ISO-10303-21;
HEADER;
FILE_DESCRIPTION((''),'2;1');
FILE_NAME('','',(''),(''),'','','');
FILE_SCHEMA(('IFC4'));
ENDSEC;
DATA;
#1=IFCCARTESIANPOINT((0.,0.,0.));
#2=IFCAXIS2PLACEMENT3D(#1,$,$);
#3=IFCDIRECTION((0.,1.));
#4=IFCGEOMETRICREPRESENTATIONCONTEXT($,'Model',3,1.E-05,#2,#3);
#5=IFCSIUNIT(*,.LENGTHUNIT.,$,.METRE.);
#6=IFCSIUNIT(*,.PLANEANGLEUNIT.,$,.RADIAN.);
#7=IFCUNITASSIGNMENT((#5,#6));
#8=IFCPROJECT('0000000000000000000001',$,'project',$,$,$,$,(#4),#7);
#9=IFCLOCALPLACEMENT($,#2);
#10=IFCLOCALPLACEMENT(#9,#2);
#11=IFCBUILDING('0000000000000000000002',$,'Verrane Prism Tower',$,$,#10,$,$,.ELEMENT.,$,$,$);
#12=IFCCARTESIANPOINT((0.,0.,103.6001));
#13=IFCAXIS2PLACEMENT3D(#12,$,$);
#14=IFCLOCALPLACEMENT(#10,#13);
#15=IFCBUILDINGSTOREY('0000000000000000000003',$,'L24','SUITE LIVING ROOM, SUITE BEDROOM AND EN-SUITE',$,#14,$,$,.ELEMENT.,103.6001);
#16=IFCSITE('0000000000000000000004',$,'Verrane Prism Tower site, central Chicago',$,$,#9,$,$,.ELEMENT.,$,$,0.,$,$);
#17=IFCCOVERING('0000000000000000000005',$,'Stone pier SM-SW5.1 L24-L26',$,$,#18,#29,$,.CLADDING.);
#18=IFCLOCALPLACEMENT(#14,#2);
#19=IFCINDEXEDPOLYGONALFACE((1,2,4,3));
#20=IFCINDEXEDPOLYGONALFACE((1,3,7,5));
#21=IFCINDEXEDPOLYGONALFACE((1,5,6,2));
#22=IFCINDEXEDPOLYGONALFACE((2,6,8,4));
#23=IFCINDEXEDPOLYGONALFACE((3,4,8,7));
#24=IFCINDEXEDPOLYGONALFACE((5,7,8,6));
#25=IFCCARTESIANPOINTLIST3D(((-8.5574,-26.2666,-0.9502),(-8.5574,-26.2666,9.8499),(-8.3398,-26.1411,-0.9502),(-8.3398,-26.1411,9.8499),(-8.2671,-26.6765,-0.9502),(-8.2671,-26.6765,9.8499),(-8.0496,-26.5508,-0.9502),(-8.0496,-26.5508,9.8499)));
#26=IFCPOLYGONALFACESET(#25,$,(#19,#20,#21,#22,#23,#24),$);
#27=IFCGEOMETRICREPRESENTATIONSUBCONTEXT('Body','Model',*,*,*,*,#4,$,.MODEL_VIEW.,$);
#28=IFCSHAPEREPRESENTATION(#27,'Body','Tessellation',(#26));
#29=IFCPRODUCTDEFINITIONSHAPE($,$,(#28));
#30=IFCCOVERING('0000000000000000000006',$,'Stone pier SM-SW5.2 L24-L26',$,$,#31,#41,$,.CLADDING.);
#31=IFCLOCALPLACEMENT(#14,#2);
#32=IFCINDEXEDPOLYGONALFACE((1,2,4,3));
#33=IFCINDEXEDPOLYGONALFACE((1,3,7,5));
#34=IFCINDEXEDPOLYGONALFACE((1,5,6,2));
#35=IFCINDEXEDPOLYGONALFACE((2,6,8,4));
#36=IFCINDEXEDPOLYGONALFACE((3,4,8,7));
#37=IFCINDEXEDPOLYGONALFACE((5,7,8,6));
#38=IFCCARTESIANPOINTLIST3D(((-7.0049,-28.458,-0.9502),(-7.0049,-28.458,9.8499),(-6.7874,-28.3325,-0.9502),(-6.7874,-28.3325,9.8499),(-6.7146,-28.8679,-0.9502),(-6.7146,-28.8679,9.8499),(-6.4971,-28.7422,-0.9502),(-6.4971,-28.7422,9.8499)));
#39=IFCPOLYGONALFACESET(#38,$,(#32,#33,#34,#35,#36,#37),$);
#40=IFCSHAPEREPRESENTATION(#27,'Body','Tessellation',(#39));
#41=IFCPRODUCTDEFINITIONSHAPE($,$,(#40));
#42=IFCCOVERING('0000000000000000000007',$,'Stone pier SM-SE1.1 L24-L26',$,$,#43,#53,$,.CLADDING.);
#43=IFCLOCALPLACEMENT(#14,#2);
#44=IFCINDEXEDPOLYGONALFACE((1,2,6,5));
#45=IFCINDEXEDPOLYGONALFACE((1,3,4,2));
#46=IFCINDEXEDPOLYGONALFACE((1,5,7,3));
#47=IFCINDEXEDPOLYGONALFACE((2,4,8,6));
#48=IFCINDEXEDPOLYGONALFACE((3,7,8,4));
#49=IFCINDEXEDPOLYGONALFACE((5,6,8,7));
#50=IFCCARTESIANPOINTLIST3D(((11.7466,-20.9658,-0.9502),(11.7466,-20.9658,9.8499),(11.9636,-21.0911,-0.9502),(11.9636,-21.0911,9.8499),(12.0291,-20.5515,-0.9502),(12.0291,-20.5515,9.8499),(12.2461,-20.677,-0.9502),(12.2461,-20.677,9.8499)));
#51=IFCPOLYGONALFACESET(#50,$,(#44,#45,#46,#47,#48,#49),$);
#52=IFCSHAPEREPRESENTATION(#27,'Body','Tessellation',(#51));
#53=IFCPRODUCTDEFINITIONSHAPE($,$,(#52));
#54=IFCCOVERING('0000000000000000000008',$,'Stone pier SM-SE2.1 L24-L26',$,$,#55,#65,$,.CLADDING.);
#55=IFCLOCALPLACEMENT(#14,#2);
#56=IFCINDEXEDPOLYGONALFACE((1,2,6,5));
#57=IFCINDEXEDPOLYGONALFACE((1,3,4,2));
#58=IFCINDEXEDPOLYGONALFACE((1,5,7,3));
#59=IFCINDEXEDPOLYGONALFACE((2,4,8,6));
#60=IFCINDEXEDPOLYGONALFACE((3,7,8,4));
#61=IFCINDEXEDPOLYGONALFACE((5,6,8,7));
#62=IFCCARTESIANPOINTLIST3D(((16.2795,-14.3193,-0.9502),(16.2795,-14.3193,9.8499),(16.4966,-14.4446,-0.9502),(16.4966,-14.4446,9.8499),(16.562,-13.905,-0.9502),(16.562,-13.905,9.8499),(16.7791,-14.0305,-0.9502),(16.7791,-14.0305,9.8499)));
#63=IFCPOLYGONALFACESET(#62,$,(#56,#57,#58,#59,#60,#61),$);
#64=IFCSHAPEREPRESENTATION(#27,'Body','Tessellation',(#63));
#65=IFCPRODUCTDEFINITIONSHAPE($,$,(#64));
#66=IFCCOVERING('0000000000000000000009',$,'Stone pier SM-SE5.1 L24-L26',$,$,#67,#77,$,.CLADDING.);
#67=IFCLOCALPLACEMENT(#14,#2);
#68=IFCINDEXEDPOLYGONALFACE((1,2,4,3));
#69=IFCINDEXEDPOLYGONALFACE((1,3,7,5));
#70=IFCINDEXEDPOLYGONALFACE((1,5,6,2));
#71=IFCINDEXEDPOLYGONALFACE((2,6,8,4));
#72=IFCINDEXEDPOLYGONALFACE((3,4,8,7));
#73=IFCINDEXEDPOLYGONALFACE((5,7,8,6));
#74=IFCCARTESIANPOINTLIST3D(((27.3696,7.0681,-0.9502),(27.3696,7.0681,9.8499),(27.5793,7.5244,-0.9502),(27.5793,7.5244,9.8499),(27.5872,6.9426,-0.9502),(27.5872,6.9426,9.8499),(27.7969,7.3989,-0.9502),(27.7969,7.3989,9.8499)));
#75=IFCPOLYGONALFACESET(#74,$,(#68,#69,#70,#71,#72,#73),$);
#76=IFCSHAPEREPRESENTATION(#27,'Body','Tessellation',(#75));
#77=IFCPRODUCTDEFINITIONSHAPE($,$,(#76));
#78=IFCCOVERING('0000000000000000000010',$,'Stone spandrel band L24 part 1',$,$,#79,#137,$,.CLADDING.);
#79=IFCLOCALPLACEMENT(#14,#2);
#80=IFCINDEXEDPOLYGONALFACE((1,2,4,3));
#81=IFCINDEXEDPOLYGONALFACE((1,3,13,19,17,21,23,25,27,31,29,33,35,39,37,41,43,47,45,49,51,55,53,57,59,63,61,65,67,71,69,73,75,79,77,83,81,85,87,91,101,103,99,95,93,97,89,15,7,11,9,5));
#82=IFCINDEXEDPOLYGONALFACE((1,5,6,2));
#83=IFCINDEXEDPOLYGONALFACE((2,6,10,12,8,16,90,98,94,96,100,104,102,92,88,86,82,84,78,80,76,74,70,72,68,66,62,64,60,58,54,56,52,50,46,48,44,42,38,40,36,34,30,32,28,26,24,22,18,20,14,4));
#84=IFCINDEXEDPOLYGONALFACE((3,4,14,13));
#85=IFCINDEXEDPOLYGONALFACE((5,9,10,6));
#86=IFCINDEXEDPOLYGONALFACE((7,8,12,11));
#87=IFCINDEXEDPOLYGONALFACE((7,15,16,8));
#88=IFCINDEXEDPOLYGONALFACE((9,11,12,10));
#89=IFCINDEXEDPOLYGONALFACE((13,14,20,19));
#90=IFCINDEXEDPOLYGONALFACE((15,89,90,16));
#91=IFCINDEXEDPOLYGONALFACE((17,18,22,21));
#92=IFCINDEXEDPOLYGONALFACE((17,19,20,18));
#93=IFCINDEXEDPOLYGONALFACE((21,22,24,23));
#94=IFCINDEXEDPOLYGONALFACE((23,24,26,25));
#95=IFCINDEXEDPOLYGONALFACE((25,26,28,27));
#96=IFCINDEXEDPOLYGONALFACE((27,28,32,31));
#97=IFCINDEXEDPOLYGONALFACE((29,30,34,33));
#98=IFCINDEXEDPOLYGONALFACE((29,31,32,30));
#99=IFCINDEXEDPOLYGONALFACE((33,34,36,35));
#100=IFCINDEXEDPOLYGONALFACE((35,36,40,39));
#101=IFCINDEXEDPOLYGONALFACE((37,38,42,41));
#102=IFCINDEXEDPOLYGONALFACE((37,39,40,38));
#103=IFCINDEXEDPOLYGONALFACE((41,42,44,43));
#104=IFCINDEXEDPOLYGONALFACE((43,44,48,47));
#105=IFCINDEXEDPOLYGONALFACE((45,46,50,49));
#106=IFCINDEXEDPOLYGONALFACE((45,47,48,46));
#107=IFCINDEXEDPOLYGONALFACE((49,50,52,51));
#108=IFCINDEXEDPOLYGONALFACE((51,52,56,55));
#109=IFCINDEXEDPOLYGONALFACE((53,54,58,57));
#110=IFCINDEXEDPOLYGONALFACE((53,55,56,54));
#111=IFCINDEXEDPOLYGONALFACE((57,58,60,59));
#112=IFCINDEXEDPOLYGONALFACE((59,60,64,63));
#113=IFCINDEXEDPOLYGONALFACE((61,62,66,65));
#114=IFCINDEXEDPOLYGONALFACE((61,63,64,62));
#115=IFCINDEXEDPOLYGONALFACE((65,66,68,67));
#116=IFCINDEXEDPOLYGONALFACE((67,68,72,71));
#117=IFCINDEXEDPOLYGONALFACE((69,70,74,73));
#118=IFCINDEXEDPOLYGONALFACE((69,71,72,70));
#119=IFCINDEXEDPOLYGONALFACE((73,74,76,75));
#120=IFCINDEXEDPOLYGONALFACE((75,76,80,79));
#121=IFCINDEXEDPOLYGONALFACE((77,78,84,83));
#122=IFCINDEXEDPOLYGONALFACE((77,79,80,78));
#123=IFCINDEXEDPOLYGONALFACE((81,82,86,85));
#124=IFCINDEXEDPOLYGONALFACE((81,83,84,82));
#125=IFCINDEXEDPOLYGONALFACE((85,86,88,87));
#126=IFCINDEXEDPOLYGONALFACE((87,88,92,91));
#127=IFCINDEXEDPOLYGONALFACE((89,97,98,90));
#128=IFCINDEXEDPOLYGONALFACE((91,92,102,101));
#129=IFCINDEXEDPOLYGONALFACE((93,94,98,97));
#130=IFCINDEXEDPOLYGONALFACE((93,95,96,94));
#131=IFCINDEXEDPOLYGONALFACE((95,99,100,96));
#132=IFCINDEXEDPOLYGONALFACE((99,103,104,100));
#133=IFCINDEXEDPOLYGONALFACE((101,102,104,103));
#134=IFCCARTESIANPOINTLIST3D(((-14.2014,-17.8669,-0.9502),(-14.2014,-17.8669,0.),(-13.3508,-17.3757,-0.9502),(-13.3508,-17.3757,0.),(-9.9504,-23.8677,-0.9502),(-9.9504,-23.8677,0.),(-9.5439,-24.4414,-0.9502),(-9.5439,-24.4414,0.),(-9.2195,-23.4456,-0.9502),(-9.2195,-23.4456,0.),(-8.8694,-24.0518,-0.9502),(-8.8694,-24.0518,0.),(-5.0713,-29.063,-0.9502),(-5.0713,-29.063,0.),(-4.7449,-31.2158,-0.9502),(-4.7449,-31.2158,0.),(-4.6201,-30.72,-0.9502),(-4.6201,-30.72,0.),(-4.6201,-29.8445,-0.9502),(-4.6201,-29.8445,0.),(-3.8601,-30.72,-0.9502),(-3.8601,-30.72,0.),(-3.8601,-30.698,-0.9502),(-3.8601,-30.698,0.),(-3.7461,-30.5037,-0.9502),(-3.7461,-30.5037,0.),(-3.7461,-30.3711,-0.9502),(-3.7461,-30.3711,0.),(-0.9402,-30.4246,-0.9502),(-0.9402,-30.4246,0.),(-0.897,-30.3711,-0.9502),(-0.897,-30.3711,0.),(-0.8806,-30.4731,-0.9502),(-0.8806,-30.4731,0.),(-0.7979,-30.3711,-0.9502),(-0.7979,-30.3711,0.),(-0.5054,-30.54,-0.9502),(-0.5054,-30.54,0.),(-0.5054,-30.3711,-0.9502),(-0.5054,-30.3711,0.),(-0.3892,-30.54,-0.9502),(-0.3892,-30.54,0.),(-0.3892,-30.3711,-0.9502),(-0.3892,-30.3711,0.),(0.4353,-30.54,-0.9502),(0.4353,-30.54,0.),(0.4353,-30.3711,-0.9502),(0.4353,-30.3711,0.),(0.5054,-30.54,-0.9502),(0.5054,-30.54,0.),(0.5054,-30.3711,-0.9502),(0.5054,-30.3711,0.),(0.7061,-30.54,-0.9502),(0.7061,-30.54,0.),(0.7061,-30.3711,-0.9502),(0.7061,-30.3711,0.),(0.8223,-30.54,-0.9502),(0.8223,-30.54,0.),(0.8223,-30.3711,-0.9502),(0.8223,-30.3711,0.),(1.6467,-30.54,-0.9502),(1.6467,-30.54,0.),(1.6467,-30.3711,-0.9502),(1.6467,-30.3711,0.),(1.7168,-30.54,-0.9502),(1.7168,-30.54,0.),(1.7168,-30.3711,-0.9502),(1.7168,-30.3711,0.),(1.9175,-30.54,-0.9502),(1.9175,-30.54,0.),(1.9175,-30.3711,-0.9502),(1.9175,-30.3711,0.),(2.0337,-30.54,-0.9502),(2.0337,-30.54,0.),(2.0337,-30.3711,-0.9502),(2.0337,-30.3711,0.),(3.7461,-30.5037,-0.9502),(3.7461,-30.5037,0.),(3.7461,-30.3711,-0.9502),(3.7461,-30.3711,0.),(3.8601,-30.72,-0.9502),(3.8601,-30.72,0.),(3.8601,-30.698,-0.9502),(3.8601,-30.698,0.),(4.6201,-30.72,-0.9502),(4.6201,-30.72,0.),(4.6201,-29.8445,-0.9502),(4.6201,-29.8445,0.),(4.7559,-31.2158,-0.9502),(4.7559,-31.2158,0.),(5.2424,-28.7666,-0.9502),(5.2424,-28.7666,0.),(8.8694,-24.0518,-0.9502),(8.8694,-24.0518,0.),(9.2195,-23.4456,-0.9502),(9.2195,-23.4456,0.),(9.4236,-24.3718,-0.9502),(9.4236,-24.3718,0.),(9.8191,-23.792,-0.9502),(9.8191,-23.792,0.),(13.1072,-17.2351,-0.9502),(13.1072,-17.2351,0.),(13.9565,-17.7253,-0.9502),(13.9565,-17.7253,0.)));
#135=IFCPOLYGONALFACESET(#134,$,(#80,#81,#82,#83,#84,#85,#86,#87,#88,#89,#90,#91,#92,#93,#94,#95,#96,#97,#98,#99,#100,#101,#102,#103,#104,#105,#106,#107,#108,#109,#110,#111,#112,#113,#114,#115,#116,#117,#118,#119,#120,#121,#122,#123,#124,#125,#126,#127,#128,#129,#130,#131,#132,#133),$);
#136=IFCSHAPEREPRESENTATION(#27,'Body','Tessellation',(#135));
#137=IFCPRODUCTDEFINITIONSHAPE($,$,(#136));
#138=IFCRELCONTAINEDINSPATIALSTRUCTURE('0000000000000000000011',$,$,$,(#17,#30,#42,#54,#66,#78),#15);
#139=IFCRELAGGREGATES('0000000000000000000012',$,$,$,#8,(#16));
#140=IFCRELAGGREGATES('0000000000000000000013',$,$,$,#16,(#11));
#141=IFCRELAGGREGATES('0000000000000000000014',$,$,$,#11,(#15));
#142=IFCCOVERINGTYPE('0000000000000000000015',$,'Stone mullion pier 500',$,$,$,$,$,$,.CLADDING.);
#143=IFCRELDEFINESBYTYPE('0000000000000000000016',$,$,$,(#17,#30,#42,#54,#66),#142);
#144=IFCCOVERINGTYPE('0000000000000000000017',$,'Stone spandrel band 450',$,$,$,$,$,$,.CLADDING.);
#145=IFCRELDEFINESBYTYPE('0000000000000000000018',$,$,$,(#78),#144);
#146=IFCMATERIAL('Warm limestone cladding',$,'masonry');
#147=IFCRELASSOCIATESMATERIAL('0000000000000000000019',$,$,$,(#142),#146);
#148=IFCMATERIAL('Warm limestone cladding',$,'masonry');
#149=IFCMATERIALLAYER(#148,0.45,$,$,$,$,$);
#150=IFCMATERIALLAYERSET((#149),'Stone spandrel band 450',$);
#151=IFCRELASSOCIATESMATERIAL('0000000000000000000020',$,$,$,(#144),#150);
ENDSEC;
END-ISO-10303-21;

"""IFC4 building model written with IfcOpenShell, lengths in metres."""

from ifc_helpers import new_model, si_unit, direction, frame, origin, place, context, subcontext, project, spatial, polyline, outline, extrude, material, layer, layer_set, type_object, element, save


model = new_model("IFC4")

# Units and contexts
model_context = context("Model", 3, precision=1e-05, world=origin(), true_north=direction((0.0, 1.0)))
body_context = subcontext(model_context, "Body", "Model", "MODEL_VIEW")
ifc_project = project(units=[si_unit("LENGTHUNIT", "METRE"), si_unit("PLANEANGLEUNIT", "RADIAN")], contexts=[model_context])

# Site, building, storey
site_placement = place(None, origin())
site = spatial("IfcSite", under=ifc_project, at=site_placement, Name="Verrane Prism Tower site, central Chicago", CompositionType="ELEMENT", RefElevation=0.0)
building_placement = place(site_placement, origin())
building = spatial("IfcBuilding", under=site, at=building_placement, Name="Verrane Prism Tower", CompositionType="ELEMENT")
storey_placement = place(building_placement, frame((0.0, 0.0, 103.6001)))
storey = spatial("IfcBuildingStorey", under=building, at=storey_placement, Name="L24", Description="SUITE LIVING ROOM, SUITE BEDROOM AND EN-SUITE", CompositionType="ELEMENT", Elevation=103.6001)

# Coverings
ifc_material_1 = material(Name="Warm limestone cladding", Category="masonry")
covering_type_1 = type_object("IfcCoveringType", Name="Stone mullion pier 500", PredefinedType="CLADDING", material=ifc_material_1)
covering_1_placement = place(storey_placement, frame((0.0, 0.0, -0.9502)))
element("IfcCovering", 1, at=covering_1_placement, inside=storey, type_object=covering_type_1, Name="Stone pier SM-SW5.1 L24-L26", PredefinedType="CLADDING", context=body_context, shape_type="SweptSolid", body=[
    extrude(outline(polyline([(-8.0496, -26.5508), (-8.3398, -26.1411), (-8.5574, -26.2666), (-8.2671, -26.6765), (-8.0496, -26.5508)])), origin(), (0.0, 0.0, 1.0), 10.8),
])
covering_2_placement = place(storey_placement, frame((0.0, 0.0, -0.9502)))
element("IfcCovering", 2, at=covering_2_placement, inside=storey, type_object=covering_type_1, Name="Stone pier SM-SW5.2 L24-L26", PredefinedType="CLADDING", context=body_context, shape_type="SweptSolid", body=[
    extrude(outline(polyline([(-6.4971, -28.7422), (-6.7874, -28.3325), (-7.0049, -28.458), (-6.7146, -28.8679), (-6.4971, -28.7422)])), origin(), (0.0, 0.0, 1.0), 10.8),
])
covering_3_placement = place(storey_placement, frame((0.0, 0.0, -0.9502)))
element("IfcCovering", 3, at=covering_3_placement, inside=storey, type_object=covering_type_1, Name="Stone pier SM-SE1.1 L24-L26", PredefinedType="CLADDING", context=body_context, shape_type="SweptSolid", body=[
    extrude(outline(polyline([(12.0291, -20.5515), (11.7466, -20.9658), (11.9636, -21.0911), (12.2461, -20.677), (12.0291, -20.5515)])), origin(), (0.0, 0.0, 1.0), 10.8),
])
covering_4_placement = place(storey_placement, frame((0.0, 0.0, -0.9502)))
element("IfcCovering", 4, at=covering_4_placement, inside=storey, type_object=covering_type_1, Name="Stone pier SM-SE2.1 L24-L26", PredefinedType="CLADDING", context=body_context, shape_type="SweptSolid", body=[
    extrude(outline(polyline([(16.562, -13.905), (16.2795, -14.3193), (16.4966, -14.4446), (16.7791, -14.0305), (16.562, -13.905)])), origin(), (0.0, 0.0, 1.0), 10.8),
])
covering_5_placement = place(storey_placement, frame((0.0, 0.0, -0.9502)))
element("IfcCovering", 5, at=covering_5_placement, inside=storey, type_object=covering_type_1, Name="Stone pier SM-SE5.1 L24-L26", PredefinedType="CLADDING", context=body_context, shape_type="SweptSolid", body=[
    extrude(outline(polyline([(27.5793, 7.5244), (27.3696, 7.0681), (27.5872, 6.9426), (27.7969, 7.3989), (27.5793, 7.5244)])), origin(), (0.0, 0.0, 1.0), 10.8),
])
ifc_material_2 = material(Name="Warm limestone cladding", Category="masonry")
ifc_layer_1 = layer(ifc_material_2, 0.45)
ifc_layer_set_1 = layer_set([ifc_layer_1], Name="Stone spandrel band 450")
covering_type_2 = type_object("IfcCoveringType", Name="Stone spandrel band 450", PredefinedType="CLADDING", material=ifc_layer_set_1)
covering_6_placement = place(storey_placement, frame((0.0, 0.0, -0.9502)))
element("IfcCovering", 6, at=covering_6_placement, inside=storey, type_object=covering_type_2, Name="Stone spandrel band L24 part 1", PredefinedType="CLADDING", context=body_context, shape_type="SweptSolid", body=[
    extrude(outline(polyline([(4.7559, -31.2158), (9.4236, -24.3718), (8.8694, -24.0518), (9.2195, -23.4456), (9.8191, -23.792), (13.9565, -17.7253), (13.1072, -17.2351), (5.2424, -28.7666), (4.6201, -29.8445), (4.6201, -30.72), (3.8601, -30.72), (3.8601, -30.698), (3.7461, -30.5037), (3.7461, -30.3711), (2.0337, -30.3711), (2.0337, -30.54), (1.9175, -30.54), (1.9175, -30.3711), (1.7168, -30.3711), (1.7168, -30.54), (1.6467, -30.54), (1.6467, -30.3711), (0.8223, -30.3711), (0.8223, -30.54), (0.7061, -30.54), (0.7061, -30.3711), (0.5054, -30.3711), (0.5054, -30.54), (0.4353, -30.54), (0.4353, -30.3711), (-0.3892, -30.3711), (-0.3892, -30.54), (-0.5054, -30.54), (-0.5054, -30.3711), (-0.7979, -30.3711), (-0.8806, -30.4731), (-0.9402, -30.4246), (-0.897, -30.3711), (-3.7461, -30.3711), (-3.7461, -30.5037), (-3.8601, -30.698), (-3.8601, -30.72), (-4.6201, -30.72), (-4.6201, -29.8445), (-5.0713, -29.063), (-13.3508, -17.3757), (-14.2014, -17.8669), (-9.9504, -23.8677), (-9.2195, -23.4456), (-8.8694, -24.0518), (-9.5439, -24.4414), (-4.7449, -31.2158), (4.7559, -31.2158)])), origin(), (0.0, 0.0, 1.0), 0.9502),
])

save(model, "model.ifc")
